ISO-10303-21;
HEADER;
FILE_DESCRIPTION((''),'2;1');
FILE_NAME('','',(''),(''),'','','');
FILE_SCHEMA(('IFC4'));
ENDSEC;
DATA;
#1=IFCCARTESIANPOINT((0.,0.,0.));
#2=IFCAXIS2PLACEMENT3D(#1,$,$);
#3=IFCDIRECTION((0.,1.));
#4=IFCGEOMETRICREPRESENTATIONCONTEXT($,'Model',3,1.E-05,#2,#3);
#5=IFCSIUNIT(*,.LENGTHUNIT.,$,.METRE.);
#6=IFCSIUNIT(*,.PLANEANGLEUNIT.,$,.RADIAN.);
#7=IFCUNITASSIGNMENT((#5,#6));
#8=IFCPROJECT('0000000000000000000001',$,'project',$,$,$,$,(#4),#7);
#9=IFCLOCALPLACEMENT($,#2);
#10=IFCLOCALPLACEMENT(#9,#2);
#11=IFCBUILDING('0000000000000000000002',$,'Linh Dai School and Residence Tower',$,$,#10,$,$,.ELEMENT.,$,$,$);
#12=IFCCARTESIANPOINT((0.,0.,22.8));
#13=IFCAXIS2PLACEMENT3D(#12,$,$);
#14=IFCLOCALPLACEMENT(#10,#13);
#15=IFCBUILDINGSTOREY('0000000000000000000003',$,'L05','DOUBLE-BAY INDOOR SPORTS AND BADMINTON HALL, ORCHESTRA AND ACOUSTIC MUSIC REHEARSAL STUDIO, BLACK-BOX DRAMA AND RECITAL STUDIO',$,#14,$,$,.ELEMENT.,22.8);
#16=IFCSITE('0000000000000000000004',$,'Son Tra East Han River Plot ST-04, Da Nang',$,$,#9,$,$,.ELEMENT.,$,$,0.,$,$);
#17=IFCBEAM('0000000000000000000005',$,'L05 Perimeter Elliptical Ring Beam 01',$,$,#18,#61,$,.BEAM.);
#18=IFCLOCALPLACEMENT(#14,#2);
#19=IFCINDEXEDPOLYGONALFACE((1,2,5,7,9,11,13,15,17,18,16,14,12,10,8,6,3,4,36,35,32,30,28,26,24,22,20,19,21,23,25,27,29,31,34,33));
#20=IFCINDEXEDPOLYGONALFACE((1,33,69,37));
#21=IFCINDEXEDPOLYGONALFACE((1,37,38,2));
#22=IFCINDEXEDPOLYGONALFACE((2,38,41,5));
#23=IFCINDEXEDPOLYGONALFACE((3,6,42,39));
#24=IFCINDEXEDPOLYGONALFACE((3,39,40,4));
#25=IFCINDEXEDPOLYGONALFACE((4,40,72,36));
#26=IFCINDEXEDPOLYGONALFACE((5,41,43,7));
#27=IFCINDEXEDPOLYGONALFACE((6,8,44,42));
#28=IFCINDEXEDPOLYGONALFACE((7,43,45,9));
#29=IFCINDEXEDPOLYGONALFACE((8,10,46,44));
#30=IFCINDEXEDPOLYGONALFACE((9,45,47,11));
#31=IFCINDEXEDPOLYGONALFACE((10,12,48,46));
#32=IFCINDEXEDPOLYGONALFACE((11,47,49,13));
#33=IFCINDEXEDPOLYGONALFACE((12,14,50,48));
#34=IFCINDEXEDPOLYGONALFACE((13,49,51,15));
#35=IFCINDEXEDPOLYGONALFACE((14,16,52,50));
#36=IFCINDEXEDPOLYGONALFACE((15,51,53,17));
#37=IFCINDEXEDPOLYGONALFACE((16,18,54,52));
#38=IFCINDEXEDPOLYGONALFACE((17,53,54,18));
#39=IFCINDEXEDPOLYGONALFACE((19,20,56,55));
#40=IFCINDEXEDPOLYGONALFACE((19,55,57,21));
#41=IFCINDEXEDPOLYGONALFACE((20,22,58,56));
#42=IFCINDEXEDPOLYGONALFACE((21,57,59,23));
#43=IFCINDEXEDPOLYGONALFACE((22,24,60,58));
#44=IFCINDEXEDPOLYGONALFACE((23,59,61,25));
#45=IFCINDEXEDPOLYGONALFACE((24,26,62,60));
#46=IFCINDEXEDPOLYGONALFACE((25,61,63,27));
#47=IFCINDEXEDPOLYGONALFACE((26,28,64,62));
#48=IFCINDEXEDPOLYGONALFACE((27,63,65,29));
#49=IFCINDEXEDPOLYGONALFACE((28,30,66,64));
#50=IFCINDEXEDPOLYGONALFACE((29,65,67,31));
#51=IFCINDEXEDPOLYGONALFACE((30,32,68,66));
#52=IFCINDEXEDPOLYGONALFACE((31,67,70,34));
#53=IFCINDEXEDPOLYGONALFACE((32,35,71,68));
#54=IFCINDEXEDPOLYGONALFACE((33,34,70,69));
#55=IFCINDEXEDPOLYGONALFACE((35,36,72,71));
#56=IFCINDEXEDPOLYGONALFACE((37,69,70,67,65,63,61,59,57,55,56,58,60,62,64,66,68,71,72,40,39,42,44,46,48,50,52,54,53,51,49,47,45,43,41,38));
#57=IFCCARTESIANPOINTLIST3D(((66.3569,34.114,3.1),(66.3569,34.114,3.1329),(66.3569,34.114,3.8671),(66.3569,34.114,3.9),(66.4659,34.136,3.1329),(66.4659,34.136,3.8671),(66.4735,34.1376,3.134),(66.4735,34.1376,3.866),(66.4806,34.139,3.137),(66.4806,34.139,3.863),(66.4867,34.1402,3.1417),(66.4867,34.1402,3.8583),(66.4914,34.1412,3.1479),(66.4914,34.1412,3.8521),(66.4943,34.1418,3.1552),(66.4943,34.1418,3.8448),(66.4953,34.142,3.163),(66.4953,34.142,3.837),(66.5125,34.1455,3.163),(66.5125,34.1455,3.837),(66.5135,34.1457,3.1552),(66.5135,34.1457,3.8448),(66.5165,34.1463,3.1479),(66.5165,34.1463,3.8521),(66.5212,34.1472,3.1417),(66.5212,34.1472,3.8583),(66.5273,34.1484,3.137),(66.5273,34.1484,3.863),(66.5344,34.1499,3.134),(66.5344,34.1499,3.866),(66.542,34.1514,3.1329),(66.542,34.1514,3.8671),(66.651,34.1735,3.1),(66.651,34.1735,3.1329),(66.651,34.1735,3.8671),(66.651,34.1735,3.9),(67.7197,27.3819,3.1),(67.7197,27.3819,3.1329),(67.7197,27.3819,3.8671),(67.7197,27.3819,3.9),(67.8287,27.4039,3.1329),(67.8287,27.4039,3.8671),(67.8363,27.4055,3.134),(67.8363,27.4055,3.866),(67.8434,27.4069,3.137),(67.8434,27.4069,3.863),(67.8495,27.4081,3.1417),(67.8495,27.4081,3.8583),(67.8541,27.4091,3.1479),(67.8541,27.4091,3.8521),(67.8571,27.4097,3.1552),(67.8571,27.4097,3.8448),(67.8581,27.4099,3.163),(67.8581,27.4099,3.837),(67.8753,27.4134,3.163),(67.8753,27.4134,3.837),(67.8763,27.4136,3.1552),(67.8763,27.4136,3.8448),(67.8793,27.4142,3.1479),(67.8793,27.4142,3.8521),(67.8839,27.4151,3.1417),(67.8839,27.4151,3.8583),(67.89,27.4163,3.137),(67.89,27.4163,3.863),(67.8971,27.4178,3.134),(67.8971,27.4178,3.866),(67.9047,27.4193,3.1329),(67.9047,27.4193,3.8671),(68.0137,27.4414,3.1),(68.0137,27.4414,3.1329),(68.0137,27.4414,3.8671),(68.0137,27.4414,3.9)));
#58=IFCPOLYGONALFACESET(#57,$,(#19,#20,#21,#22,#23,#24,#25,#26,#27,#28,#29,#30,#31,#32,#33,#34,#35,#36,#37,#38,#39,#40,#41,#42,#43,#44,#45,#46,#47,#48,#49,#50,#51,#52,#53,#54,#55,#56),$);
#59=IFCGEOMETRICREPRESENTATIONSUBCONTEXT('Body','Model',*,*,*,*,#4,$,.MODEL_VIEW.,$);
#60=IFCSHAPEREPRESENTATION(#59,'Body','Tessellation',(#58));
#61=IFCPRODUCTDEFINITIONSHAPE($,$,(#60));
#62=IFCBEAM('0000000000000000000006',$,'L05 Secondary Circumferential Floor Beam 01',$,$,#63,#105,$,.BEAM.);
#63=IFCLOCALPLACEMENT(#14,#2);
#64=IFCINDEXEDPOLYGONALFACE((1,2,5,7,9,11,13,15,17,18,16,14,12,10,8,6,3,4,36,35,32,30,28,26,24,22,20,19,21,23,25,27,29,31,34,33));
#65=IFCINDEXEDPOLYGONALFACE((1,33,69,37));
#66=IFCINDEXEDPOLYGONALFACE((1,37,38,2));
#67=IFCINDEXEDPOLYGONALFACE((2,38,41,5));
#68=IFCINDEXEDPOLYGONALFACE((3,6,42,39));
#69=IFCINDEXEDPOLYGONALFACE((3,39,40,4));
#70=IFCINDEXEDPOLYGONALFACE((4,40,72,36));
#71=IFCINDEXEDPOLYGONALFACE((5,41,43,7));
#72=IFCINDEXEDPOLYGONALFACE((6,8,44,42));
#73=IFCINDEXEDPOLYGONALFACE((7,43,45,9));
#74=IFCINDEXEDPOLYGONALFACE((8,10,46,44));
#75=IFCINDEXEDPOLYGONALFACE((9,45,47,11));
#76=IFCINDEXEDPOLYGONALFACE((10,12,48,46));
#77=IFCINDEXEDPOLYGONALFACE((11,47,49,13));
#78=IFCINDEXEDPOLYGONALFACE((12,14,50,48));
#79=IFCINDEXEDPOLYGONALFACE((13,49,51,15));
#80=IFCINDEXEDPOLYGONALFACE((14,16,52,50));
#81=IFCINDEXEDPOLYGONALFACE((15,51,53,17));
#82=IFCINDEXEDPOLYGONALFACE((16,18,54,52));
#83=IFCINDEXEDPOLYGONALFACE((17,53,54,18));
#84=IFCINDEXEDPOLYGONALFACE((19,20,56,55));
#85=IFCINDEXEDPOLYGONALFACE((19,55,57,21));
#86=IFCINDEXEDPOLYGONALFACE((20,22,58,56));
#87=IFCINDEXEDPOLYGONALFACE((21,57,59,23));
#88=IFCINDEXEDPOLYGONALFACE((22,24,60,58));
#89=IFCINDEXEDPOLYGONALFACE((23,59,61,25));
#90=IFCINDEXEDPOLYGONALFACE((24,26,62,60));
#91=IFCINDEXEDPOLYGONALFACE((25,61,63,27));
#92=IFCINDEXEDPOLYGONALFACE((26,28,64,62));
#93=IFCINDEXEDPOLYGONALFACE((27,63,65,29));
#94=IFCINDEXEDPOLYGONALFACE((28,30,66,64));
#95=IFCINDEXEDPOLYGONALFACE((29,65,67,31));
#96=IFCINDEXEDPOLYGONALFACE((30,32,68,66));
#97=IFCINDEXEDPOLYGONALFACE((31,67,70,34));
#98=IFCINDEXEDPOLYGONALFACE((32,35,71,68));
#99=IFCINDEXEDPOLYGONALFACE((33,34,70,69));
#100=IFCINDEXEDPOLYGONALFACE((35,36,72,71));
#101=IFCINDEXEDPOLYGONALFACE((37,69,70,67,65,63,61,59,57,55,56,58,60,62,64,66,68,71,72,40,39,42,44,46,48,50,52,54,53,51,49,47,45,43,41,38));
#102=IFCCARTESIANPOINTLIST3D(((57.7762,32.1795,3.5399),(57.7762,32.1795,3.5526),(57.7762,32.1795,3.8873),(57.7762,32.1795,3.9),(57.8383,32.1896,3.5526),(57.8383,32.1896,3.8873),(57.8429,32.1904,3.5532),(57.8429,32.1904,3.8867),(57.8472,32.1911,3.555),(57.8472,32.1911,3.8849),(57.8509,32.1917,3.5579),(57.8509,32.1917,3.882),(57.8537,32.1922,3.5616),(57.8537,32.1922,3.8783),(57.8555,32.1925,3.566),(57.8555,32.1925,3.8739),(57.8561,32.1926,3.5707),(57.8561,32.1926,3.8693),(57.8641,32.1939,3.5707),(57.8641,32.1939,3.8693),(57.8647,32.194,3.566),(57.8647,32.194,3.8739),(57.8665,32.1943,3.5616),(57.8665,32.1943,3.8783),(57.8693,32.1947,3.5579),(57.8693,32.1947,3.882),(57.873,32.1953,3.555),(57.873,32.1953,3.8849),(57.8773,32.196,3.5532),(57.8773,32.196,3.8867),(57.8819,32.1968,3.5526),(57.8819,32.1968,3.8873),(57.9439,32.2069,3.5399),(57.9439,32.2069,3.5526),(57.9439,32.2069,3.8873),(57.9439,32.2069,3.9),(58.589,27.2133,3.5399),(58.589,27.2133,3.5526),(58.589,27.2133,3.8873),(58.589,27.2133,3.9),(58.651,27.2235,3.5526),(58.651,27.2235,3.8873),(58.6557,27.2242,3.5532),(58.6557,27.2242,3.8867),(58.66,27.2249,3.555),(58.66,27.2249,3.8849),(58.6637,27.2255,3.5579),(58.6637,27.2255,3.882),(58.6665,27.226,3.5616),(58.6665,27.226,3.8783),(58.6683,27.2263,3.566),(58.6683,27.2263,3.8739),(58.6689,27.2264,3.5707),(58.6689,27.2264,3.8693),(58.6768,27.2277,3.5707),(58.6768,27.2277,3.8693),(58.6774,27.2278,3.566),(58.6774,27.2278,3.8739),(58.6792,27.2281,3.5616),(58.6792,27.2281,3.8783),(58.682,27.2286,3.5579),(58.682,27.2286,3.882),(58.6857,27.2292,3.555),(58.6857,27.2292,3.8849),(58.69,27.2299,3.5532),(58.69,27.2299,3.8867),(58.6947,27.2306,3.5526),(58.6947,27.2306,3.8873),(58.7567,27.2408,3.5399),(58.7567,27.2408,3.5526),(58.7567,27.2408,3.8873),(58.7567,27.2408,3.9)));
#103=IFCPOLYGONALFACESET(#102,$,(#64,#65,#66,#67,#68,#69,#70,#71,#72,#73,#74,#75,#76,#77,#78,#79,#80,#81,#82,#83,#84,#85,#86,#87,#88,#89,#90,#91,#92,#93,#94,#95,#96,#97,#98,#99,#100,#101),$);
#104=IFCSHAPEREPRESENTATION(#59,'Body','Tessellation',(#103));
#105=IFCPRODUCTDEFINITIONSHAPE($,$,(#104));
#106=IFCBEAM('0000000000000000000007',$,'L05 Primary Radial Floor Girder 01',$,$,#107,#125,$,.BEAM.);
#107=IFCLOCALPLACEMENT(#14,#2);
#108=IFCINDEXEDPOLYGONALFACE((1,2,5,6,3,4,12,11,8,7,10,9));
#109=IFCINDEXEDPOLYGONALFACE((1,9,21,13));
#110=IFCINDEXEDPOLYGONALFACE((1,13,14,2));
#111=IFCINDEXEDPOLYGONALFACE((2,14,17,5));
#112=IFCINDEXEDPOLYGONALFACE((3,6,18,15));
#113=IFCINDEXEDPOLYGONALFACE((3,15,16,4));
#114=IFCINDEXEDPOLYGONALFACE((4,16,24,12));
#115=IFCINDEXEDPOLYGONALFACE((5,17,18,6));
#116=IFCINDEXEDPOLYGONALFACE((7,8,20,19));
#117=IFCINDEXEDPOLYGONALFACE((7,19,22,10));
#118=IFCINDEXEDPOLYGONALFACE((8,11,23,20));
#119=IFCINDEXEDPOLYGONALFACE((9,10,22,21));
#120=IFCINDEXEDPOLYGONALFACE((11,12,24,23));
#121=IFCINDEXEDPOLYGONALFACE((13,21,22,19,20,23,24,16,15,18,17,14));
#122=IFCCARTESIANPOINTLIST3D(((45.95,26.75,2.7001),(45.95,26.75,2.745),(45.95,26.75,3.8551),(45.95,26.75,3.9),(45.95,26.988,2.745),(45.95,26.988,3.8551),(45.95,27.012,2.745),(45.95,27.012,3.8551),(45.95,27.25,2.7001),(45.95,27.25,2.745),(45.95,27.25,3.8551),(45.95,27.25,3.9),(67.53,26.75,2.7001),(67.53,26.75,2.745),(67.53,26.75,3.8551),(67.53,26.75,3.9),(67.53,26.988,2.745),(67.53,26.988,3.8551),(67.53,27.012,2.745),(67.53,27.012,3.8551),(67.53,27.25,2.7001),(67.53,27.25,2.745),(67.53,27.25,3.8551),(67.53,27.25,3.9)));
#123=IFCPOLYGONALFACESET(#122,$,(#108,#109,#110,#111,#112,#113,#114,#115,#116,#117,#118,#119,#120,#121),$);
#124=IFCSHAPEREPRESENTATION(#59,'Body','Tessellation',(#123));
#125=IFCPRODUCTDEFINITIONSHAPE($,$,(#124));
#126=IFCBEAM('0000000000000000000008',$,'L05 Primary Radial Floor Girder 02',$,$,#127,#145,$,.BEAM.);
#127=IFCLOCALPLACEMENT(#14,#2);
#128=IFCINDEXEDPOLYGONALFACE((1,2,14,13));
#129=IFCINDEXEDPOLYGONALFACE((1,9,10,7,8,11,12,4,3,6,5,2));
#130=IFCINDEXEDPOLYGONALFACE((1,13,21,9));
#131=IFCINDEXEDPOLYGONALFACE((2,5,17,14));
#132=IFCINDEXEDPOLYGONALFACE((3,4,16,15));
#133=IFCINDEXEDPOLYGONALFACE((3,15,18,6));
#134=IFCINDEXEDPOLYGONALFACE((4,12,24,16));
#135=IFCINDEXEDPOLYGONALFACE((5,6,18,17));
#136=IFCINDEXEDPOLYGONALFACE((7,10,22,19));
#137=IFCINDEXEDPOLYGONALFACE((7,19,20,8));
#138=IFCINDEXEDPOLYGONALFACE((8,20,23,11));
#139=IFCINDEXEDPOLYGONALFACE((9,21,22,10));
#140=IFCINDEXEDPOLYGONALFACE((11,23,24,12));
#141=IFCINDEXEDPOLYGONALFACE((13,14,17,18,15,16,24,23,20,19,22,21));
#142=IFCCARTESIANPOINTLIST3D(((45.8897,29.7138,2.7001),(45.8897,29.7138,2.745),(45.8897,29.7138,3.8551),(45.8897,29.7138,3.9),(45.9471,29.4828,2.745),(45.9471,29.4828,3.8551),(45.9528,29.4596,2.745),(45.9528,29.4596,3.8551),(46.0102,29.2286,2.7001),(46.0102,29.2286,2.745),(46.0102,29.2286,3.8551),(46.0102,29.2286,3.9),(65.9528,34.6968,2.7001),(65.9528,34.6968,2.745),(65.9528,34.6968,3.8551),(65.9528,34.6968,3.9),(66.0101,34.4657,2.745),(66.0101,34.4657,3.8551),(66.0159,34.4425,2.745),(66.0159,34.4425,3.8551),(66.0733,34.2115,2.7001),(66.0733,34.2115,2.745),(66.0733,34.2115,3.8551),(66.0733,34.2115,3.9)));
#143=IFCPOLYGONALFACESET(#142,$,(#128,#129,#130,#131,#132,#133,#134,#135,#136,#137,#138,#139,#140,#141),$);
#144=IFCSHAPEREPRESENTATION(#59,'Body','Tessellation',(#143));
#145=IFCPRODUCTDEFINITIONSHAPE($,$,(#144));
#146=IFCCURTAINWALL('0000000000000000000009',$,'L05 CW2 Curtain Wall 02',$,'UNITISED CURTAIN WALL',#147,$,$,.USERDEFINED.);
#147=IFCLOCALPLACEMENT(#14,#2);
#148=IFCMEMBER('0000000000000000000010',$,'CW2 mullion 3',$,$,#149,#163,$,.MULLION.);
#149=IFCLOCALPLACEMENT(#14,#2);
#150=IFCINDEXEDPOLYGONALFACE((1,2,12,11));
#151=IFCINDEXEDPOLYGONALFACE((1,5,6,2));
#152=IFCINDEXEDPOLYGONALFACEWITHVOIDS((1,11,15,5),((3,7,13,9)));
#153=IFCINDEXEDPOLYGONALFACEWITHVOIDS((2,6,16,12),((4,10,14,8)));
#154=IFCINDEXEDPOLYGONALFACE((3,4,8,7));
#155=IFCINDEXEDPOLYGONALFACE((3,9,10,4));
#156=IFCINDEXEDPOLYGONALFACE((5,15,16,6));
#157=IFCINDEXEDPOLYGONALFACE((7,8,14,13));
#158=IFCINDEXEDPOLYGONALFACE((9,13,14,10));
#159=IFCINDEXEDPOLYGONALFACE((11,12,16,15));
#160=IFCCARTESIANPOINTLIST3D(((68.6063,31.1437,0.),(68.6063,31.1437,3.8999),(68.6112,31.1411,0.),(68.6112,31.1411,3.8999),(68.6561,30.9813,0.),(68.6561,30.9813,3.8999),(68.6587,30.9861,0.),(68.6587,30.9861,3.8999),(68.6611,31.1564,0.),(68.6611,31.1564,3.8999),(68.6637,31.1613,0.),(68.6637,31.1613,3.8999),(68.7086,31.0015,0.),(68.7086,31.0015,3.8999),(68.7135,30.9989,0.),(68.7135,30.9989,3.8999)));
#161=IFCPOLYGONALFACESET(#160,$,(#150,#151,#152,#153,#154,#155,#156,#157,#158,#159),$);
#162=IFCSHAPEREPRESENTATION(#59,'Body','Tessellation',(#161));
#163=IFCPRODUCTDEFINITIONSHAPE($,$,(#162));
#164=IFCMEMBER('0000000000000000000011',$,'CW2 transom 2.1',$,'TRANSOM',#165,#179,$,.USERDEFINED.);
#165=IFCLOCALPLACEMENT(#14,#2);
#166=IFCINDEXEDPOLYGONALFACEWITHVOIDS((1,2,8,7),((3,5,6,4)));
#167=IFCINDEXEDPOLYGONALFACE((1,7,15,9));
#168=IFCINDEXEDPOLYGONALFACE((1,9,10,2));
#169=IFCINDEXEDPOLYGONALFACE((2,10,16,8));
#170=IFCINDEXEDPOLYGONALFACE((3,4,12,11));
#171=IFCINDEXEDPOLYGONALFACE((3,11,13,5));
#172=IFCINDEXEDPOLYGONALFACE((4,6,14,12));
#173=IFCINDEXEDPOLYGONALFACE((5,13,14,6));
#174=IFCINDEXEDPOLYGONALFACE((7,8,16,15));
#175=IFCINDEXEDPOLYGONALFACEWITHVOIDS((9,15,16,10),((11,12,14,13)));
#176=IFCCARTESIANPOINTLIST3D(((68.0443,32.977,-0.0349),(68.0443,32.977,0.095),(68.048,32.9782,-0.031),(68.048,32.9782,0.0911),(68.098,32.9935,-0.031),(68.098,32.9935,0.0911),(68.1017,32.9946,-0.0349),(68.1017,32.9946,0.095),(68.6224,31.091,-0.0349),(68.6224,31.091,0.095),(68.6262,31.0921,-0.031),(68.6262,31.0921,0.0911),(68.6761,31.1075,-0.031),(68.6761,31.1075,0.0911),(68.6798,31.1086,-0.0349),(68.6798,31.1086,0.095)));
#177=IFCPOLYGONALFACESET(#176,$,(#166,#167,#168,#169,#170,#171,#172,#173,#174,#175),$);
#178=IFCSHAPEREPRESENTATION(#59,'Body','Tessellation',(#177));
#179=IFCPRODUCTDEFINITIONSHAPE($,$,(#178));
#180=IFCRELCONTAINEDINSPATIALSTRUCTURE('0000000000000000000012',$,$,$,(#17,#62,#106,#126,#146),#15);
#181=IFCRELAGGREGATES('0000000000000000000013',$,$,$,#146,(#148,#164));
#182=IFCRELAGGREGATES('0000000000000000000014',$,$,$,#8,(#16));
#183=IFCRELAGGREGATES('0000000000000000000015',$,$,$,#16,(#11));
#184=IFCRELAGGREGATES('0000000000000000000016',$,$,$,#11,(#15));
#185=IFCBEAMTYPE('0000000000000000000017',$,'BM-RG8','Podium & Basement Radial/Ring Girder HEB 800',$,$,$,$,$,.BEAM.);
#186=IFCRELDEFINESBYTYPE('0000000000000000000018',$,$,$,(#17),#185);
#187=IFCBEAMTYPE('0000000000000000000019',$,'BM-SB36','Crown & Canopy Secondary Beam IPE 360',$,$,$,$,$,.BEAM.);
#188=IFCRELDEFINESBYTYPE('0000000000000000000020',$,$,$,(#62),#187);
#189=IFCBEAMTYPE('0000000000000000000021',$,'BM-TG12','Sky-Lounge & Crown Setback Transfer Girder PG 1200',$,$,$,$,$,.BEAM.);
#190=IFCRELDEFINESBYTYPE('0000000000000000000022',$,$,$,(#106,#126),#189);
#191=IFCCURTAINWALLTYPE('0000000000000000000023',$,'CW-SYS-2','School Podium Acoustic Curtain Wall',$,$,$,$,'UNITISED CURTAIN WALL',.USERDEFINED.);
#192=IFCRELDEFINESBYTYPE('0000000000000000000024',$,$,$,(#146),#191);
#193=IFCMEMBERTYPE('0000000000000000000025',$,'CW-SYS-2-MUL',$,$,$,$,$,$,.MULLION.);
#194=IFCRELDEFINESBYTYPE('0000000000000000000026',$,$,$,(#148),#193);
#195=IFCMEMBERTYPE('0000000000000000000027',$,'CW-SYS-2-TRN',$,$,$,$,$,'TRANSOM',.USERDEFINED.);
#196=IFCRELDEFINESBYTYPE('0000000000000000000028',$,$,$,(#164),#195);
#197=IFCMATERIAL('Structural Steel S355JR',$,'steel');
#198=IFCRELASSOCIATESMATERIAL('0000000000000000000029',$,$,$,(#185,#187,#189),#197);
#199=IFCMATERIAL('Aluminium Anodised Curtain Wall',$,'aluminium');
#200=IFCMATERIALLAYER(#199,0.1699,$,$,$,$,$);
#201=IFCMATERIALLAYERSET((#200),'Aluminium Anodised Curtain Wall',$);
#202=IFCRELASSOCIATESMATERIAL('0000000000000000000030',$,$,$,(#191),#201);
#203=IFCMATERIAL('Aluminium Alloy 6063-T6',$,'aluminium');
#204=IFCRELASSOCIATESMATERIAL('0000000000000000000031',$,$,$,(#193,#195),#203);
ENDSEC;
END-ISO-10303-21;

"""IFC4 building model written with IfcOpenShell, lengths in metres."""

from ifc_helpers import new_model, si_unit, direction, frame, origin, origin_2d, place, context, subcontext, project, spatial, hollow_rectangle, i_section, extrude, source, transform, mapped, material, layer, layer_set, material_profile, profile_set, type_object, element, aggregate, save


model = new_model("IFC4")

# Units and contexts
model_context = context("Model", 3, precision=1e-05, world=origin(), true_north=direction((0.0, 1.0)))
body_context = subcontext(model_context, "Body", "Model", "MODEL_VIEW")
ifc_project = project(units=[si_unit("LENGTHUNIT", "METRE"), si_unit("PLANEANGLEUNIT", "RADIAN")], contexts=[model_context])

# Site, building, storey
site_placement = place(None, origin())
site = spatial("IfcSite", under=ifc_project, at=site_placement, Name="Son Tra East Han River Plot ST-04, Da Nang", CompositionType="ELEMENT", RefElevation=0.0)
building_placement = place(site_placement, origin())
building = spatial("IfcBuilding", under=site, at=building_placement, Name="Linh Dai School and Residence Tower", CompositionType="ELEMENT")
storey_placement = place(building_placement, frame((0.0, 0.0, 22.8)))
storey = spatial("IfcBuildingStorey", under=building, at=storey_placement, Name="L05", Description="DOUBLE-BAY INDOOR SPORTS AND BADMINTON HALL, ORCHESTRA AND ACOUSTIC MUSIC REHEARSAL STUDIO, BLACK-BOX DRAMA AND RECITAL STUDIO", CompositionType="ELEMENT", Elevation=22.8)

# Shared definitions
ifc_material_1 = material(Name="Structural Steel S355JR", Category="steel")

# Beams
ifc_material_profile_1 = material_profile(ifc_material_1, i_section(OverallWidth=0.3, OverallDepth=0.8, WebThickness=0.0176, FlangeThickness=0.033, FilletRadius=0.03, at=origin_2d()), Name="HEB 800")
ifc_profile_set_1 = profile_set([ifc_material_profile_1], Name="Structural Steel S355JR")
beam_type_1 = type_object("IfcBeamType", Name="BM-RG8", Description="Podium & Basement Radial/Ring Girder HEB 800", PredefinedType="BEAM", material=ifc_profile_set_1)
beam_1_placement = place(storey_placement, frame((67.8667, 27.4116, 3.5), z_axis=(-0.198405, 0.98012, 0.0), x_axis=(-0.98012, -0.198405, 0.0)))
element("IfcBeam", 1, at=beam_1_placement, inside=storey, type_object=beam_type_1, Name="L05 Perimeter Elliptical Ring Beam 01", PredefinedType="BEAM", context=body_context, shape_type="SweptSolid", body=[
    extrude(i_section(OverallWidth=0.3, OverallDepth=0.8, WebThickness=0.0176, FlangeThickness=0.033, FilletRadius=0.03, at=origin_2d()), origin(), (0.0, 0.0, 1.0), 6.8687),
])
ifc_material_profile_2 = material_profile(ifc_material_1, i_section(OverallWidth=0.1699, OverallDepth=0.3601, WebThickness=0.0081, FlangeThickness=0.0127, FilletRadius=0.0181, at=origin_2d()), Name="IPE 360")
ifc_profile_set_2 = profile_set([ifc_material_profile_2], Name="Structural Steel S355JR")
beam_type_2 = type_object("IfcBeamType", Name="BM-SB36", Description="Crown & Canopy Secondary Beam IPE 360", PredefinedType="BEAM", material=ifc_profile_set_2)
beam_2_placement = place(storey_placement, frame((58.6729, 27.2271, 3.72), z_axis=(-0.161511, 0.986871, 0.0), x_axis=(-0.986871, -0.161511, 0.0)))
element("IfcBeam", 2, at=beam_2_placement, inside=storey, type_object=beam_type_2, Name="L05 Secondary Circumferential Floor Beam 01", PredefinedType="BEAM", context=body_context, shape_type="SweptSolid", body=[
    extrude(i_section(OverallWidth=0.1699, OverallDepth=0.3601, WebThickness=0.0081, FlangeThickness=0.0127, FilletRadius=0.0181, at=origin_2d()), origin(), (0.0, 0.0, 1.0), 5.0322),
])
ifc_material_profile_3 = material_profile(ifc_material_1, i_section(OverallWidth=0.5, OverallDepth=1.2, WebThickness=0.0239, FlangeThickness=0.0449, at=origin_2d()), Name="PG 1200x500x24x45")
ifc_profile_set_3 = profile_set([ifc_material_profile_3], Name="Structural Steel S355JR")
beam_type_3 = type_object("IfcBeamType", Name="BM-TG12", Description="Sky-Lounge & Crown Setback Transfer Girder PG 1200", PredefinedType="BEAM", material=ifc_profile_set_3)
beam_3_placement = place(storey_placement, frame((45.95, 27.0, 3.3), z_axis=(1.0, 0.0, 0.0), x_axis=(0.0, 1.0, 0.0)))
element("IfcBeam", 3, at=beam_3_placement, inside=storey, type_object=beam_type_3, Name="L05 Primary Radial Floor Girder 01", PredefinedType="BEAM", context=body_context, shape_type="SweptSolid", body=[
    extrude(i_section(OverallWidth=0.5, OverallDepth=1.2, WebThickness=0.0239, FlangeThickness=0.0449, at=origin_2d()), origin(), (0.0, 0.0, 1.0), 21.5801),
])
beam_4_placement = place(storey_placement, frame((45.95, 29.4712, 3.3), z_axis=(0.970515, 0.24104, 0.0), x_axis=(-0.24104, 0.970515, 0.0)))
element("IfcBeam", 4, at=beam_4_placement, inside=storey, type_object=beam_type_3, Name="L05 Primary Radial Floor Girder 02", PredefinedType="BEAM", context=body_context, shape_type="SweptSolid", body=[
    extrude(i_section(OverallWidth=0.5, OverallDepth=1.2, WebThickness=0.0239, FlangeThickness=0.0449, at=origin_2d()), origin(), (0.0, 0.0, 1.0), 20.6726),
])

# Curtain wall, members
ifc_material_2 = material(Name="Aluminium Anodised Curtain Wall", Category="aluminium")
ifc_layer_1 = layer(ifc_material_2, 0.1699)
ifc_layer_set_1 = layer_set([ifc_layer_1], Name="Aluminium Anodised Curtain Wall")
curtain_wall_type = type_object("IfcCurtainWallType", Name="CW-SYS-2", Description="School Podium Acoustic Curtain Wall", ElementType="UNITISED CURTAIN WALL", PredefinedType="USERDEFINED", material=ifc_layer_set_1)
curtain_wall_placement = place(storey_placement, origin())
curtain_wall = element("IfcCurtainWall", 5, at=curtain_wall_placement, inside=storey, type_object=curtain_wall_type, Name="L05 CW2 Curtain Wall 02", ObjectType="UNITISED CURTAIN WALL", PredefinedType="USERDEFINED")
ifc_material_3 = material(Name="Aluminium Alloy 6063-T6", Category="aluminium")
ifc_material_profile_4 = material_profile(ifc_material_3, hollow_rectangle(XDim=0.0601, YDim=0.1699, WallThickness=0.0039, at=origin_2d()), Name="RHS 170x60x4")
ifc_profile_set_4 = profile_set([ifc_material_profile_4], Name="Aluminium Alloy 6063-T6")
member_type_1 = type_object("IfcMemberType", Name="CW-SYS-2-MUL", PredefinedType="MULLION", material=ifc_profile_set_4)
shared_shape_1 = source(origin(), body_context, "Body", "SweptSolid", [
    extrude(hollow_rectangle(XDim=0.0601, YDim=0.1699, WallThickness=0.0039, at=origin_2d()), origin(), (0.0, 0.0, 1.0), 3.8999),
])
member_1_placement = place(storey_placement, frame((68.6599, 31.0713, 0.0), z_axis=(0.0, 0.0, 1.0), x_axis=(0.956081, 0.293104, 0.0)))
member_1 = element("IfcMember", 6, at=member_1_placement, type_object=member_type_1, Name="CW2 mullion 3", PredefinedType="MULLION", context=body_context, shape_type="MappedRepresentation", body=[
    mapped(shared_shape_1, transform((0.0, 0.0, 0.0), x_axis=(1.0, 0.0, 0.0), y_axis=(0.0, 1.0, 0.0), z_axis=(0.0, 0.0, 1.0), scale=1.0)),
])
ifc_material_profile_5 = material_profile(ifc_material_3, hollow_rectangle(XDim=0.0601, YDim=0.1299, WallThickness=0.0039, at=origin_2d()), Name="RHS 130x60x4")
ifc_profile_set_5 = profile_set([ifc_material_profile_5], Name="Aluminium Alloy 6063-T6")
member_type_2 = type_object("IfcMemberType", Name="CW-SYS-2-TRN", ElementType="TRANSOM", PredefinedType="USERDEFINED", material=ifc_profile_set_5)
shared_shape_2 = source(origin(), body_context, "Body", "SweptSolid", [
    extrude(hollow_rectangle(XDim=0.0601, YDim=0.1299, WallThickness=0.0039, at=origin_2d()), origin(), (0.0, 0.0, 1.0), 1.9727),
])
member_2_placement = place(storey_placement, frame((68.073, 32.9858, 0.03), z_axis=(0.293077, -0.956089, 0.0), x_axis=(0.956089, 0.293077, 0.0)))
member_2 = element("IfcMember", 7, at=member_2_placement, type_object=member_type_2, Name="CW2 transom 2.1", ObjectType="TRANSOM", PredefinedType="USERDEFINED", context=body_context, shape_type="MappedRepresentation", body=[
    mapped(shared_shape_2, transform((0.0, 0.0, 0.0), x_axis=(1.0, 0.0, 0.0), y_axis=(0.0, 1.0, 0.0), z_axis=(0.0, 0.0, 1.0), scale=1.0)),
])

aggregate(curtain_wall, [member_1, member_2])

save(model, "model.ifc")
